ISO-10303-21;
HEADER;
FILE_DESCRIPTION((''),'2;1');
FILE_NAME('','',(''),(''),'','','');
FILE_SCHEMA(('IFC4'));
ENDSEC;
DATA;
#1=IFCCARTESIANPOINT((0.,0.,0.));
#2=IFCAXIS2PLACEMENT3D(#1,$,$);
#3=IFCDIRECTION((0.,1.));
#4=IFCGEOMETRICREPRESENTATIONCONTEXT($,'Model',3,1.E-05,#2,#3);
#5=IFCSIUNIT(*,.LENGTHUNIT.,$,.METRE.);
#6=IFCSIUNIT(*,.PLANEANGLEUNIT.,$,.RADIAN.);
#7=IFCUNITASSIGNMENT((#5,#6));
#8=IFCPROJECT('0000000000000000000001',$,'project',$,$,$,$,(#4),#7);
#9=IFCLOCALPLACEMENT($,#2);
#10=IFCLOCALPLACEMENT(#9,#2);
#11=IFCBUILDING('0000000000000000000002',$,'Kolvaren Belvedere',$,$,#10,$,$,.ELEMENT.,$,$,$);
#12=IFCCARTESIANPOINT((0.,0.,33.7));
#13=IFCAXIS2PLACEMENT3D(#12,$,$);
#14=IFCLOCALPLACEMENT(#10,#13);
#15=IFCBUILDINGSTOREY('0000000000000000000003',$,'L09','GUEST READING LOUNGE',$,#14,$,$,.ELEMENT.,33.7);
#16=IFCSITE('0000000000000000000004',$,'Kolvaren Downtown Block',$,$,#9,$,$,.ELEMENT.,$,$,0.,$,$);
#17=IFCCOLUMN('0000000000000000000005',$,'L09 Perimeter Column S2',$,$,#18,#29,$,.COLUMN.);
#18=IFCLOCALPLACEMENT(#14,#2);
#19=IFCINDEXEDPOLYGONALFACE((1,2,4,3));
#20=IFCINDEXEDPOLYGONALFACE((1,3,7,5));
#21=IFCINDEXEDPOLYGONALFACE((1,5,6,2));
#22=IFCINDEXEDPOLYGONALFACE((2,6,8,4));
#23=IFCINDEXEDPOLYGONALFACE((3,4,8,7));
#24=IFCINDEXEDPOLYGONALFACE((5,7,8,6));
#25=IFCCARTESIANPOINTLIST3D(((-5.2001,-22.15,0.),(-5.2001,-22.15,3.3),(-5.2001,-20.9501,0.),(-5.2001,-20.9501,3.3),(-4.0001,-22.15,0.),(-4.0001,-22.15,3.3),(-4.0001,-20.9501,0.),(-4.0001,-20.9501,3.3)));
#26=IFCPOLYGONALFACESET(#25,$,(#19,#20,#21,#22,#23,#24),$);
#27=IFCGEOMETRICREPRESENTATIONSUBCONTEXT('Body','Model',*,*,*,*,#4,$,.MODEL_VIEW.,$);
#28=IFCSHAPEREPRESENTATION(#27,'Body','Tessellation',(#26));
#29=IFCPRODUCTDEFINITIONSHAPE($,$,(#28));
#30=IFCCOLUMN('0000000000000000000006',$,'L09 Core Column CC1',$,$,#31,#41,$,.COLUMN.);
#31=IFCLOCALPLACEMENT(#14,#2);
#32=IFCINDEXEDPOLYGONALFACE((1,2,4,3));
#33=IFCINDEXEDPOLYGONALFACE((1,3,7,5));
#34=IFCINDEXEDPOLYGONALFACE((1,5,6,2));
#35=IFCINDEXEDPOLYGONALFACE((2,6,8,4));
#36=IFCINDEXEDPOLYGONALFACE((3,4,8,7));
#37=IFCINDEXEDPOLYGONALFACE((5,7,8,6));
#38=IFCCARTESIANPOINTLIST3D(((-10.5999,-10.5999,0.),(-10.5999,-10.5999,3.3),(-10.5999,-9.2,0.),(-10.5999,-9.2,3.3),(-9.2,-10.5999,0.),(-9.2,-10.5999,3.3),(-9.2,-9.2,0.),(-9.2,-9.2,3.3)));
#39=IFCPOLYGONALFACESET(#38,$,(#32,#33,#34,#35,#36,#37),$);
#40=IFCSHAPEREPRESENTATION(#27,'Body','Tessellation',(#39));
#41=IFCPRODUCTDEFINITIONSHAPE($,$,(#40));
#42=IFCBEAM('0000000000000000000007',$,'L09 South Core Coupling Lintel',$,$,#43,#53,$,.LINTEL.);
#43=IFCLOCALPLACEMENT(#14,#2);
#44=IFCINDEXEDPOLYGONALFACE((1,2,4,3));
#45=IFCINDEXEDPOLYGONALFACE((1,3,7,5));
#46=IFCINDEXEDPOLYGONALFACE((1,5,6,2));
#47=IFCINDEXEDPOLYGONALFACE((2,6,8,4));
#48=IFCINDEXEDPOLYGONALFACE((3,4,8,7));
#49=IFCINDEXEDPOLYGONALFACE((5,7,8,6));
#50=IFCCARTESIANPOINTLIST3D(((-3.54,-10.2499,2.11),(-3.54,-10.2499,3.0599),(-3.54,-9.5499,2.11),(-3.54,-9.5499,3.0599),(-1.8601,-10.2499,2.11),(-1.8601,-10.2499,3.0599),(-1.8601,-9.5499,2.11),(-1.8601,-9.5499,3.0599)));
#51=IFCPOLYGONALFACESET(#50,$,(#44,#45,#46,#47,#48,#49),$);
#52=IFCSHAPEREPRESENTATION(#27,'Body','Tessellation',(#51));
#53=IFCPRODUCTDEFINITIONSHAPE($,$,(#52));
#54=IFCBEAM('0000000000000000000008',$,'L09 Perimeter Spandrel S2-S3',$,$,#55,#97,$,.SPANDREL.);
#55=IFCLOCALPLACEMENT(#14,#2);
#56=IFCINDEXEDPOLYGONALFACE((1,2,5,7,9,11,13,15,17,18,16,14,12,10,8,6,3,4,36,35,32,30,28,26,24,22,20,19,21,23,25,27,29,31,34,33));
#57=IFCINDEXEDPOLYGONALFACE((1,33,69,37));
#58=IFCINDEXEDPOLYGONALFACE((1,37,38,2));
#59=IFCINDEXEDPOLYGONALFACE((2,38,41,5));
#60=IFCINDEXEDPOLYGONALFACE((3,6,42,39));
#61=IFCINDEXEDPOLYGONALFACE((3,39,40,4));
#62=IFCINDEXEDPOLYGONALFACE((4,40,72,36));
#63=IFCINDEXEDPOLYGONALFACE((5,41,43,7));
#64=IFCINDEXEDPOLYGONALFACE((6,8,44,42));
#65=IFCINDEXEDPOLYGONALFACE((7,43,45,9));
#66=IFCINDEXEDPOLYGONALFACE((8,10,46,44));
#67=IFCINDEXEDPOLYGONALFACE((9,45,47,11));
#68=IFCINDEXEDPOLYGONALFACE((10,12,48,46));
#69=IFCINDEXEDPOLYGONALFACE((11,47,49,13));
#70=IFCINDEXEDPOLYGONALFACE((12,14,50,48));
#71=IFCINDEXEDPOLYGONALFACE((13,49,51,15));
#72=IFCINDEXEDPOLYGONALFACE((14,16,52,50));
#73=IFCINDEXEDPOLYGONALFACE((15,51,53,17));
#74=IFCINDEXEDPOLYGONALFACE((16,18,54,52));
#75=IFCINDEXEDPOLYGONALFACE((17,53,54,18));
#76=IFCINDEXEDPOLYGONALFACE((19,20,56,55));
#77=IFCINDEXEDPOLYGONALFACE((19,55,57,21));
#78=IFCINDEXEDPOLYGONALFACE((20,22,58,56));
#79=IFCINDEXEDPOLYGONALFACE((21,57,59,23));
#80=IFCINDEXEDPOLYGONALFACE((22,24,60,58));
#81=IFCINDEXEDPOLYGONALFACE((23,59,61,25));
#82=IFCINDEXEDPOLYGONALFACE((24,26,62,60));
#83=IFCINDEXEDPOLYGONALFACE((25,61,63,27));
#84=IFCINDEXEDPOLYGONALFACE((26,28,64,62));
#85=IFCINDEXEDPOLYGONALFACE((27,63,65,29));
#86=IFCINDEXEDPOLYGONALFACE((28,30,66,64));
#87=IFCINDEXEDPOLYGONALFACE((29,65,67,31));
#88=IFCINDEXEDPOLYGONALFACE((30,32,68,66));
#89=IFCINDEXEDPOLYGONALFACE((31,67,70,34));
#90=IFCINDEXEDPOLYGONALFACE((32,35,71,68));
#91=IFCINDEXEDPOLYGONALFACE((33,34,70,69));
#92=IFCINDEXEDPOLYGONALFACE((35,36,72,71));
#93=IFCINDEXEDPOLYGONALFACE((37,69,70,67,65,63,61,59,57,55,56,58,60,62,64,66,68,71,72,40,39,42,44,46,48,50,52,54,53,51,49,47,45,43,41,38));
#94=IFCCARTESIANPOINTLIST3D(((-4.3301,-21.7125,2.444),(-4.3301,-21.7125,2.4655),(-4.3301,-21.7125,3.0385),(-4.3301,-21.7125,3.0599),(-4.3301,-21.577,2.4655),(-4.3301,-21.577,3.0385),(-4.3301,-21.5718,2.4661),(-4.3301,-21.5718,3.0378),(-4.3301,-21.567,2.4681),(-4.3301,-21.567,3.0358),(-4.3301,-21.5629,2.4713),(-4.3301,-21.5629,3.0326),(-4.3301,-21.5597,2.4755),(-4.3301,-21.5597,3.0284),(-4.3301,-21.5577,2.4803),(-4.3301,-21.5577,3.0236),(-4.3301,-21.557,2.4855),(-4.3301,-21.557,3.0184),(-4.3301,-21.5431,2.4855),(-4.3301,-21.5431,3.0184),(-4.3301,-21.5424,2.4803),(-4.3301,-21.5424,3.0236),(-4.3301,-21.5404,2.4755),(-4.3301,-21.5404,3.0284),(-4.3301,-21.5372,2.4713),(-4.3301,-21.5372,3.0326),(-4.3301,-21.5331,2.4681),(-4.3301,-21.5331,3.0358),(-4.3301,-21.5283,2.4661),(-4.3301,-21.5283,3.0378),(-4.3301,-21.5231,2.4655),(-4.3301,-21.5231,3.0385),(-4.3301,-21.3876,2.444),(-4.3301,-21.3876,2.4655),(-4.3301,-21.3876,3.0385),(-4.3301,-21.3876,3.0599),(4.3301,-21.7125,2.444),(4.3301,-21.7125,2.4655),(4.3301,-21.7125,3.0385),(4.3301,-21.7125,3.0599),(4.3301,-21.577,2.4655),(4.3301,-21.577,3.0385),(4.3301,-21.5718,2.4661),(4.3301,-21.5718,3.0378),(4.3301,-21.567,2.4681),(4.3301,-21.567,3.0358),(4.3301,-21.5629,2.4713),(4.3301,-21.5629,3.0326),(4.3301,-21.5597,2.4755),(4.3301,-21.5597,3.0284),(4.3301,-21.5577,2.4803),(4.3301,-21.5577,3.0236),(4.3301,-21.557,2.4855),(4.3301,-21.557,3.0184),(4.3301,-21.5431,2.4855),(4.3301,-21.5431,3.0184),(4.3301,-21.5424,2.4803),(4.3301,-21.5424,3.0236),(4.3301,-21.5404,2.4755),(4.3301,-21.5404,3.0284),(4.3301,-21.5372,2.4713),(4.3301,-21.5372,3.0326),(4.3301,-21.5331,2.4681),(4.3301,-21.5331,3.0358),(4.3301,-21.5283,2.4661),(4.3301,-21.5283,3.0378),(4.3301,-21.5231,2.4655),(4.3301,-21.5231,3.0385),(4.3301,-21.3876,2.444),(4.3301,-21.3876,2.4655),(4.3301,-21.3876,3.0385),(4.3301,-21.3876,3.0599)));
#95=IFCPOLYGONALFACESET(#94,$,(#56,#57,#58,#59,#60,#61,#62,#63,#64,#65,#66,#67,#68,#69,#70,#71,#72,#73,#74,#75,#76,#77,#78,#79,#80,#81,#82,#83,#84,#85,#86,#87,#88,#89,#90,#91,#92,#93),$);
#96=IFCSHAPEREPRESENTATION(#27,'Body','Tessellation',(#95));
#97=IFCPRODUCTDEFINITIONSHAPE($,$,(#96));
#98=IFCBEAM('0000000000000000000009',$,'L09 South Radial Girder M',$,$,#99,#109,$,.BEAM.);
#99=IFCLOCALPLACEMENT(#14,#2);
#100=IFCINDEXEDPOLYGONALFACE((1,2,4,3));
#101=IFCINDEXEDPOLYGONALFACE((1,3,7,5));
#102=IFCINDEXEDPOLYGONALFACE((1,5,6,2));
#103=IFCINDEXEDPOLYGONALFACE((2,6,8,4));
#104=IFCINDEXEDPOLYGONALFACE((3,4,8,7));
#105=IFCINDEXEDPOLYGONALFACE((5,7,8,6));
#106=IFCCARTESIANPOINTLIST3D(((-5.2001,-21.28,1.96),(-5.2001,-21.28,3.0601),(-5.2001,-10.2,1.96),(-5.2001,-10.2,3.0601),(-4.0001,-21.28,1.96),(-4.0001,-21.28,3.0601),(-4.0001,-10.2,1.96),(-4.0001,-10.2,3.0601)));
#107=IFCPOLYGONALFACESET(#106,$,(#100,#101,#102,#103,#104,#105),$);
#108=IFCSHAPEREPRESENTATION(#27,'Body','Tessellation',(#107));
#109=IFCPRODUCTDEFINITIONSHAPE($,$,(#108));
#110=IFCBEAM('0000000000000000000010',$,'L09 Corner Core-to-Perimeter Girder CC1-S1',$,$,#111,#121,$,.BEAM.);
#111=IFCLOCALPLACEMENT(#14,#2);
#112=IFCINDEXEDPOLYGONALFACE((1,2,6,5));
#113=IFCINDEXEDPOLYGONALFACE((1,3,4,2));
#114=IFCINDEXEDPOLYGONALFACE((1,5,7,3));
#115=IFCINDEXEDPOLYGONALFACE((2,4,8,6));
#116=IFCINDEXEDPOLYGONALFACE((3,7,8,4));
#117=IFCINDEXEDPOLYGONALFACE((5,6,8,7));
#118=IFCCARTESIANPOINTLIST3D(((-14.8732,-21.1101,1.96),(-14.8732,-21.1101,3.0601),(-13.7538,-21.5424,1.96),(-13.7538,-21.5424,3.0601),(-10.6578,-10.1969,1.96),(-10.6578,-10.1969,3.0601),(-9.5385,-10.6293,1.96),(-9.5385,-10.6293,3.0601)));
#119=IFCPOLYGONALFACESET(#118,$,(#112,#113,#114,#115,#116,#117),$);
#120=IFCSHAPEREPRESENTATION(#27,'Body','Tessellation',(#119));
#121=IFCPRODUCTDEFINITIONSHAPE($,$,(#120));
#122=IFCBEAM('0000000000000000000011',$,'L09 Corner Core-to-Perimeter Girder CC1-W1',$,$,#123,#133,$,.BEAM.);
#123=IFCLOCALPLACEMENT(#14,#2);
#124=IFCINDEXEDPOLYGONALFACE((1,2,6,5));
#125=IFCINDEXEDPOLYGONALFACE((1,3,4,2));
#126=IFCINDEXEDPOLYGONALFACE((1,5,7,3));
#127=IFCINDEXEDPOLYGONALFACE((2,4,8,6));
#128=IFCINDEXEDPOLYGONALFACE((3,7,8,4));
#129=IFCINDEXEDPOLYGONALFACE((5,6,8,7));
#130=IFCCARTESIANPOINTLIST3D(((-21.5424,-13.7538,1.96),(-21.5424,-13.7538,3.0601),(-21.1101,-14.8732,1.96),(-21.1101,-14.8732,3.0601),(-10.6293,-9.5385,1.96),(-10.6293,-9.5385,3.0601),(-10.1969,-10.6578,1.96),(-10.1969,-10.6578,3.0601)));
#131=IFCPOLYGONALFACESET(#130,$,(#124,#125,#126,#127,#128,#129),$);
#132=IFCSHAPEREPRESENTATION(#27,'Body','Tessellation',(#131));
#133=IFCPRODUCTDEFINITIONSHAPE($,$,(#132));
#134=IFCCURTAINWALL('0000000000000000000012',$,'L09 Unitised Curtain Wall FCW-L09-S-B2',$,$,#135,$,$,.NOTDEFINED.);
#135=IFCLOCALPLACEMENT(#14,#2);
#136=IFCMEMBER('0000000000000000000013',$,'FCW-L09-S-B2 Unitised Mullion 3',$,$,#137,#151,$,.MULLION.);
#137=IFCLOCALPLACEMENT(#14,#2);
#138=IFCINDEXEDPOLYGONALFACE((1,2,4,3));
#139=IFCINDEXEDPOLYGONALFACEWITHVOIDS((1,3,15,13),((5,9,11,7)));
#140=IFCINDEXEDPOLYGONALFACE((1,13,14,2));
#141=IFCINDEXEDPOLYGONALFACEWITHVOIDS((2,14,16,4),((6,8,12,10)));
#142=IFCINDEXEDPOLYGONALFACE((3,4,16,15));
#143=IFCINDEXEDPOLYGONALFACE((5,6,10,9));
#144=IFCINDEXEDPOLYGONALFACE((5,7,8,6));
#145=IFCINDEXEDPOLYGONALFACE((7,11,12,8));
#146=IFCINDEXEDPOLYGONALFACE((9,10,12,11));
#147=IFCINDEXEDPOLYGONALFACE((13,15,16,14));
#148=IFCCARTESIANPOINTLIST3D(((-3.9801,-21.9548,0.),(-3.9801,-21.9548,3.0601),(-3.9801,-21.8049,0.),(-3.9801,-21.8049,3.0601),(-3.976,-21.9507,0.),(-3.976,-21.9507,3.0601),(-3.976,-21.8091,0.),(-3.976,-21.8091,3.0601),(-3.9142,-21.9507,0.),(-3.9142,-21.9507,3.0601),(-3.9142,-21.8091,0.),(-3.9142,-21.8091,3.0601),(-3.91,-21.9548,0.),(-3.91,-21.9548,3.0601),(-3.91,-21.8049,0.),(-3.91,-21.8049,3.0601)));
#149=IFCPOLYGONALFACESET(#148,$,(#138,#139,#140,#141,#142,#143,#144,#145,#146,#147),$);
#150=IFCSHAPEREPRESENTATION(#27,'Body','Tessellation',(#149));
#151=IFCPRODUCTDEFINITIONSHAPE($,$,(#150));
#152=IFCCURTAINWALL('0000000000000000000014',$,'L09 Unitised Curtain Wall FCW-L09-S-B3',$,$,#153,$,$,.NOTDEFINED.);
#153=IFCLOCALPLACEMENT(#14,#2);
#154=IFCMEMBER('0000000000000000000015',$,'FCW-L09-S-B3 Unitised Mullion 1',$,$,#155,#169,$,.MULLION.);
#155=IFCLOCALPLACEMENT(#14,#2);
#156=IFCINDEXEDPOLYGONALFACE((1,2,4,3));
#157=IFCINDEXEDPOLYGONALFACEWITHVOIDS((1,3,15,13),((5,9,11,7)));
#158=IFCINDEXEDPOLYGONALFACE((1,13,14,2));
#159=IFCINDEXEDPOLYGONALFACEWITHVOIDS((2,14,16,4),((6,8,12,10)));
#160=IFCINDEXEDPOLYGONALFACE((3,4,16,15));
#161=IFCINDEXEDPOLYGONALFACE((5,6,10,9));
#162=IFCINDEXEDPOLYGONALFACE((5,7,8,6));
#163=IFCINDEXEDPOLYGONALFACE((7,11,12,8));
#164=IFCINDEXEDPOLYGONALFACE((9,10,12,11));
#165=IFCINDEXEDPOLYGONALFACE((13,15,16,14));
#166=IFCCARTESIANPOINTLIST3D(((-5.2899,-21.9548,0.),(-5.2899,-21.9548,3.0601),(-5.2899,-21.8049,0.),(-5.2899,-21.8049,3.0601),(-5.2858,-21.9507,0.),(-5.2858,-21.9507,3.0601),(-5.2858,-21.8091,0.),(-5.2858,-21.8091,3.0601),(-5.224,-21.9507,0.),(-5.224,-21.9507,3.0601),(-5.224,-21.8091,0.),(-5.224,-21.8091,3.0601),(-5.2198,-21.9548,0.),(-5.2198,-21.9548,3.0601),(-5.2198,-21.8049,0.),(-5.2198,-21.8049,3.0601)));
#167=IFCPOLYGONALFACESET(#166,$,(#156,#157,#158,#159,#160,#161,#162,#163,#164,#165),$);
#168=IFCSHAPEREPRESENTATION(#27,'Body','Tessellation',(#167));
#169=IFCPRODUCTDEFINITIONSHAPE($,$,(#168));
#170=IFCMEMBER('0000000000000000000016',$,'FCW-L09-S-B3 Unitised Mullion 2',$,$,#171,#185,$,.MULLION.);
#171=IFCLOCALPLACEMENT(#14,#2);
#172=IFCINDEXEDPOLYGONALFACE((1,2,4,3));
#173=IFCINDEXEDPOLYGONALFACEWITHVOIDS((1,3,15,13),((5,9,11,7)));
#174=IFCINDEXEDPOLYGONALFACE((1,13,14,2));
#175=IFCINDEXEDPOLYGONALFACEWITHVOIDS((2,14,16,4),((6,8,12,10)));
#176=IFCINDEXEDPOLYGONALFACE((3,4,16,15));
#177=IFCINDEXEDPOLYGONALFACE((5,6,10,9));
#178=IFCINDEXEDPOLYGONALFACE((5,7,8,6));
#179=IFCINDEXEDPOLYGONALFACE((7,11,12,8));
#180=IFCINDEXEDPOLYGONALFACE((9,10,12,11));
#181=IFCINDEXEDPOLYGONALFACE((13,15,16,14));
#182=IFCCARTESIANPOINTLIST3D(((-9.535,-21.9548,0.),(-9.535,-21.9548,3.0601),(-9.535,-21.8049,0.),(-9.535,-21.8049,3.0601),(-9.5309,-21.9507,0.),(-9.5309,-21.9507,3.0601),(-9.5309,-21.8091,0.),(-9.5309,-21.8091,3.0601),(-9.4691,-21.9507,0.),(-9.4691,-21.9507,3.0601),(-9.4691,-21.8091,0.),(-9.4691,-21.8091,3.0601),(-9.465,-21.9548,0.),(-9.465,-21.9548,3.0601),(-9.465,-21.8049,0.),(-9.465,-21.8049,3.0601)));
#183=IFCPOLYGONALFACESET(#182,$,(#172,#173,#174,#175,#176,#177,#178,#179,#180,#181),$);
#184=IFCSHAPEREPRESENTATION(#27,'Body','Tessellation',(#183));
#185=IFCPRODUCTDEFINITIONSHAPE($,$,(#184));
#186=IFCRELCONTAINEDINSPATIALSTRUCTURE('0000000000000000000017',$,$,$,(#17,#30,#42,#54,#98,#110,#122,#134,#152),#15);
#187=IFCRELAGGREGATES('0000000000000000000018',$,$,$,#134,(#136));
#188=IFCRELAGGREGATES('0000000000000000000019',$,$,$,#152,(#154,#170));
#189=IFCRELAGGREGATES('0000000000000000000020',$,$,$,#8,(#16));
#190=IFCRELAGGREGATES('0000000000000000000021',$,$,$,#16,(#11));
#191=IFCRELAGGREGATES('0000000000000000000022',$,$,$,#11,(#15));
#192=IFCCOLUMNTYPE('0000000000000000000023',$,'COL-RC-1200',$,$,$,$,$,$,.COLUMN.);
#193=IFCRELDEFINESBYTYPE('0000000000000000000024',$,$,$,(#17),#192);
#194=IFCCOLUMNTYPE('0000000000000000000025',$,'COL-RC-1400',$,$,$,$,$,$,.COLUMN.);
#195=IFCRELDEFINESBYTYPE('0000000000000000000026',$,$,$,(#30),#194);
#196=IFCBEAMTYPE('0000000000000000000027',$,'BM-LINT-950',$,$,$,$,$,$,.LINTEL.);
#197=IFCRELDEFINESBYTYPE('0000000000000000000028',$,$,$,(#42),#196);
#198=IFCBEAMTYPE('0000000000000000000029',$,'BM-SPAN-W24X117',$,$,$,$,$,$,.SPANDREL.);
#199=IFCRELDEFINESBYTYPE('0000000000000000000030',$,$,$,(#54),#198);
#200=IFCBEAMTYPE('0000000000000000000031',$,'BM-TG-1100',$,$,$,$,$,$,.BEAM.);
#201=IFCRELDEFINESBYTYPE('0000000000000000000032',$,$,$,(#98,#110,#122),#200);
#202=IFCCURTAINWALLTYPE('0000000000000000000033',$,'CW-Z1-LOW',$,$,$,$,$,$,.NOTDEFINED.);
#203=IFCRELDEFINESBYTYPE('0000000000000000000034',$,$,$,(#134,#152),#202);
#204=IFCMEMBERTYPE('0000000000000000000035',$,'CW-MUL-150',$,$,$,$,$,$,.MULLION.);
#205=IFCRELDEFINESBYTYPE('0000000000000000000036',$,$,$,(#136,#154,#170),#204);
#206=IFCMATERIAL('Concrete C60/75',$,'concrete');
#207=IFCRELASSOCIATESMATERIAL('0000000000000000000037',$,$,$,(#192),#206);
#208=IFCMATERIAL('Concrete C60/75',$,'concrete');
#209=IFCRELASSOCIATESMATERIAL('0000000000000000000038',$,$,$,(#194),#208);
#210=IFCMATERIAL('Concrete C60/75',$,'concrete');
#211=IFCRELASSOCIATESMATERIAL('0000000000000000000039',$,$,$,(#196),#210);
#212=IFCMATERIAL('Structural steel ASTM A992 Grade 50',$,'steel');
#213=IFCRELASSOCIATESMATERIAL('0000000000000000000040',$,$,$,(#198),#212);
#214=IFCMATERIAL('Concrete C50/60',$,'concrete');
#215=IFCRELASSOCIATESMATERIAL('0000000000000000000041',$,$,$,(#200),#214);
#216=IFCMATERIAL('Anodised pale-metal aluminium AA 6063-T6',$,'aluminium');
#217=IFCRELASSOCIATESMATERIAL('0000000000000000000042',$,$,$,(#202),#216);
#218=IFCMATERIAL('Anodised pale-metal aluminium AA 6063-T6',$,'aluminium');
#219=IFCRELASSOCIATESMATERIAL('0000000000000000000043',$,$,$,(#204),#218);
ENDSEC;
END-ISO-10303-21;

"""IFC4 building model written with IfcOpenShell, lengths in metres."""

from ifc_helpers import new_model, si_unit, direction, frame, origin, origin_2d, place, context, subcontext, project, spatial, rectangle, hollow_rectangle, i_section, extrude, material, material_profile, profile_set, type_object, element, aggregate, save


model = new_model("IFC4")

# Units and contexts
model_context = context("Model", 3, precision=1e-05, world=origin(), true_north=direction((0.0, 1.0)))
body_context = subcontext(model_context, "Body", "Model", "MODEL_VIEW")
ifc_project = project(units=[si_unit("LENGTHUNIT", "METRE"), si_unit("PLANEANGLEUNIT", "RADIAN")], contexts=[model_context])

# Site, building, storey
site_placement = place(None, origin())
site = spatial("IfcSite", under=ifc_project, at=site_placement, Name="Kolvaren Downtown Block", CompositionType="ELEMENT", RefElevation=0.0)
building_placement = place(site_placement, origin())
building = spatial("IfcBuilding", under=site, at=building_placement, Name="Kolvaren Belvedere", CompositionType="ELEMENT")
storey_placement = place(building_placement, frame((0.0, 0.0, 33.7)))
storey = spatial("IfcBuildingStorey", under=building, at=storey_placement, Name="L09", Description="GUEST READING LOUNGE", CompositionType="ELEMENT", Elevation=33.7)

# Columns
ifc_material_1 = material(Name="Concrete C60/75", Category="concrete")
ifc_material_profile_1 = material_profile(ifc_material_1, rectangle(XDim=1.2, YDim=1.2, at=origin_2d()), Name="RC 1200X1200")
ifc_profile_set_1 = profile_set([ifc_material_profile_1], Name="Concrete C60/75")
column_type_1 = type_object("IfcColumnType", Name="COL-RC-1200", PredefinedType="COLUMN", material=ifc_profile_set_1)
column_1_placement = place(storey_placement, frame((-4.6001, -21.55, 0.0), z_axis=(0.0, 0.0, 1.0), x_axis=(1.0, 0.0, 0.0)))
element("IfcColumn", 1, at=column_1_placement, inside=storey, type_object=column_type_1, Name="L09 Perimeter Column S2", PredefinedType="COLUMN", context=body_context, shape_type="SweptSolid", body=[
    extrude(rectangle(XDim=1.2, YDim=1.2, at=origin_2d()), origin(), (0.0, 0.0, 1.0), 3.3),
])
ifc_material_2 = material(Name="Concrete C60/75", Category="concrete")
ifc_material_profile_2 = material_profile(ifc_material_2, rectangle(XDim=1.3999, YDim=1.3999, at=origin_2d()), Name="RC 1400X1400")
ifc_profile_set_2 = profile_set([ifc_material_profile_2], Name="Concrete C60/75")
column_type_2 = type_object("IfcColumnType", Name="COL-RC-1400", PredefinedType="COLUMN", material=ifc_profile_set_2)
column_2_placement = place(storey_placement, frame((-9.8999, -9.8999, 0.0), z_axis=(0.0, 0.0, 1.0), x_axis=(1.0, 0.0, 0.0)))
element("IfcColumn", 2, at=column_2_placement, inside=storey, type_object=column_type_2, Name="L09 Core Column CC1", PredefinedType="COLUMN", context=body_context, shape_type="SweptSolid", body=[
    extrude(rectangle(XDim=1.3999, YDim=1.3999, at=origin_2d()), origin(), (0.0, 0.0, 1.0), 3.3),
])

# Beams
ifc_material_3 = material(Name="Concrete C60/75", Category="concrete")
ifc_material_profile_3 = material_profile(ifc_material_3, rectangle(XDim=0.7, YDim=0.95, at=origin_2d()), Name="RC 700X950")
ifc_profile_set_3 = profile_set([ifc_material_profile_3], Name="Concrete C60/75")
beam_type_1 = type_object("IfcBeamType", Name="BM-LINT-950", PredefinedType="LINTEL", material=ifc_profile_set_3)
beam_1_placement = place(storey_placement, frame((-3.54, -9.8999, 2.585), z_axis=(1.0, 0.0, 0.0), x_axis=(0.0, 1.0, 0.0)))
element("IfcBeam", 3, at=beam_1_placement, inside=storey, type_object=beam_type_1, Name="L09 South Core Coupling Lintel", PredefinedType="LINTEL", context=body_context, shape_type="SweptSolid", body=[
    extrude(rectangle(XDim=0.7, YDim=0.95, at=origin_2d()), origin(), (0.0, 0.0, 1.0), 1.6799),
])
ifc_material_4 = material(Name="Structural steel ASTM A992 Grade 50", Category="steel")
ifc_material_profile_4 = material_profile(ifc_material_4, i_section(OverallWidth=0.325, OverallDepth=0.616, WebThickness=0.0139, FlangeThickness=0.0215, FilletRadius=0.02, at=origin_2d()), Name="W24X117")
ifc_profile_set_4 = profile_set([ifc_material_profile_4], Name="Structural steel ASTM A992 Grade 50")
beam_type_2 = type_object("IfcBeamType", Name="BM-SPAN-W24X117", PredefinedType="SPANDREL", material=ifc_profile_set_4)
beam_2_placement = place(storey_placement, frame((-4.3301, -21.55, 2.752), z_axis=(1.0, 0.0, 0.0), x_axis=(0.0, 1.0, 0.0)))
element("IfcBeam", 4, at=beam_2_placement, inside=storey, type_object=beam_type_2, Name="L09 Perimeter Spandrel S2-S3", PredefinedType="SPANDREL", context=body_context, shape_type="SweptSolid", body=[
    extrude(i_section(OverallWidth=0.325, OverallDepth=0.616, WebThickness=0.0139, FlangeThickness=0.0215, FilletRadius=0.02, at=origin_2d()), origin(), (0.0, 0.0, 1.0), 8.6602),
])
ifc_material_5 = material(Name="Concrete C50/60", Category="concrete")
ifc_material_profile_5 = material_profile(ifc_material_5, rectangle(XDim=1.2, YDim=1.1001, at=origin_2d()), Name="RC 1200X1100")
ifc_profile_set_5 = profile_set([ifc_material_profile_5], Name="Concrete C50/60")
beam_type_3 = type_object("IfcBeamType", Name="BM-TG-1100", PredefinedType="BEAM", material=ifc_profile_set_5)
beam_3_placement = place(storey_placement, frame((-4.6001, -10.2, 2.51), z_axis=(0.0, -1.0, 0.0), x_axis=(1.0, 0.0, 0.0)))
element("IfcBeam", 5, at=beam_3_placement, inside=storey, type_object=beam_type_3, Name="L09 South Radial Girder M", PredefinedType="BEAM", context=body_context, shape_type="SweptSolid", body=[
    extrude(rectangle(XDim=1.2, YDim=1.1001, at=origin_2d()), origin(), (0.0, 0.0, 1.0), 11.0801),
])
for number, where, z_axis, x_axis, name in (
    (6, (-10.0981, -10.4131, 2.51), (-0.360318, -0.932829, 0.0), (0.932829, -0.360318, 0.0), "L09 Corner Core-to-Perimeter Girder CC1-S1"),
    (7, (-10.4131, -10.0981, 2.51), (-0.932829, -0.360318, 0.0), (0.360318, -0.932829, 0.0), "L09 Corner Core-to-Perimeter Girder CC1-W1"),
):
    element("IfcBeam", number, at=place(storey_placement, frame(where, z_axis=z_axis, x_axis=x_axis)), inside=storey, type_object=beam_type_3, Name=name, PredefinedType="BEAM", context=body_context, shape_type="SweptSolid", body=[
        extrude(rectangle(XDim=1.2, YDim=1.1001, at=origin_2d()), origin(), (0.0, 0.0, 1.0), 11.699),
    ])

# Curtain wall, member
ifc_material_6 = material(Name="Anodised pale-metal aluminium AA 6063-T6", Category="aluminium")
curtain_wall_type = type_object("IfcCurtainWallType", Name="CW-Z1-LOW", PredefinedType="NOTDEFINED", material=ifc_material_6)
curtain_wall_1_placement = place(storey_placement, origin())
curtain_wall_1 = element("IfcCurtainWall", 8, at=curtain_wall_1_placement, inside=storey, type_object=curtain_wall_type, Name="L09 Unitised Curtain Wall FCW-L09-S-B2", PredefinedType="NOTDEFINED")
ifc_material_7 = material(Name="Anodised pale-metal aluminium AA 6063-T6", Category="aluminium")
ifc_material_profile_6 = material_profile(ifc_material_7, hollow_rectangle(XDim=0.0701, YDim=0.1499, WallThickness=0.0042, at=origin_2d()), Name="ALU-MUL-150X70")
ifc_profile_set_6 = profile_set([ifc_material_profile_6], Name="Anodised pale-metal aluminium AA 6063-T6")
member_type_1 = type_object("IfcMemberType", Name="CW-MUL-150", PredefinedType="MULLION", material=ifc_profile_set_6)
member_1_placement = place(storey_placement, frame((-3.9451, -21.8799, 0.0), z_axis=(0.0, 0.0, 1.0), x_axis=(1.0, 0.0, 0.0)))
member_1 = element("IfcMember", 9, at=member_1_placement, type_object=member_type_1, Name="FCW-L09-S-B2 Unitised Mullion 3", PredefinedType="MULLION", context=body_context, shape_type="SweptSolid", body=[
    extrude(hollow_rectangle(XDim=0.0701, YDim=0.1499, WallThickness=0.0042, at=origin_2d()), origin(), (0.0, 0.0, 1.0), 3.0601),
])

# Curtain wall, members
curtain_wall_2_placement = place(storey_placement, origin())
curtain_wall_2 = element("IfcCurtainWall", 10, at=curtain_wall_2_placement, inside=storey, type_object=curtain_wall_type, Name="L09 Unitised Curtain Wall FCW-L09-S-B3", PredefinedType="NOTDEFINED")
member_2_placement = place(storey_placement, frame((-5.2549, -21.8799, 0.0), z_axis=(0.0, 0.0, 1.0), x_axis=(1.0, 0.0, 0.0)))
member_2 = element("IfcMember", 11, at=member_2_placement, type_object=member_type_1, Name="FCW-L09-S-B3 Unitised Mullion 1", PredefinedType="MULLION", context=body_context, shape_type="SweptSolid", body=[
    extrude(hollow_rectangle(XDim=0.0701, YDim=0.1499, WallThickness=0.0042, at=origin_2d()), origin(), (0.0, 0.0, 1.0), 3.0601),
])
member_3_placement = place(storey_placement, frame((-9.5, -21.8799, 0.0), z_axis=(0.0, 0.0, 1.0), x_axis=(1.0, 0.0, 0.0)))
member_3 = element("IfcMember", 12, at=member_3_placement, type_object=member_type_1, Name="FCW-L09-S-B3 Unitised Mullion 2", PredefinedType="MULLION", context=body_context, shape_type="SweptSolid", body=[
    extrude(hollow_rectangle(XDim=0.0701, YDim=0.1499, WallThickness=0.0042, at=origin_2d()), origin(), (0.0, 0.0, 1.0), 3.0601),
])

aggregate(curtain_wall_1, [member_1])
aggregate(curtain_wall_2, [member_2, member_3])

save(model, "model.ifc")
